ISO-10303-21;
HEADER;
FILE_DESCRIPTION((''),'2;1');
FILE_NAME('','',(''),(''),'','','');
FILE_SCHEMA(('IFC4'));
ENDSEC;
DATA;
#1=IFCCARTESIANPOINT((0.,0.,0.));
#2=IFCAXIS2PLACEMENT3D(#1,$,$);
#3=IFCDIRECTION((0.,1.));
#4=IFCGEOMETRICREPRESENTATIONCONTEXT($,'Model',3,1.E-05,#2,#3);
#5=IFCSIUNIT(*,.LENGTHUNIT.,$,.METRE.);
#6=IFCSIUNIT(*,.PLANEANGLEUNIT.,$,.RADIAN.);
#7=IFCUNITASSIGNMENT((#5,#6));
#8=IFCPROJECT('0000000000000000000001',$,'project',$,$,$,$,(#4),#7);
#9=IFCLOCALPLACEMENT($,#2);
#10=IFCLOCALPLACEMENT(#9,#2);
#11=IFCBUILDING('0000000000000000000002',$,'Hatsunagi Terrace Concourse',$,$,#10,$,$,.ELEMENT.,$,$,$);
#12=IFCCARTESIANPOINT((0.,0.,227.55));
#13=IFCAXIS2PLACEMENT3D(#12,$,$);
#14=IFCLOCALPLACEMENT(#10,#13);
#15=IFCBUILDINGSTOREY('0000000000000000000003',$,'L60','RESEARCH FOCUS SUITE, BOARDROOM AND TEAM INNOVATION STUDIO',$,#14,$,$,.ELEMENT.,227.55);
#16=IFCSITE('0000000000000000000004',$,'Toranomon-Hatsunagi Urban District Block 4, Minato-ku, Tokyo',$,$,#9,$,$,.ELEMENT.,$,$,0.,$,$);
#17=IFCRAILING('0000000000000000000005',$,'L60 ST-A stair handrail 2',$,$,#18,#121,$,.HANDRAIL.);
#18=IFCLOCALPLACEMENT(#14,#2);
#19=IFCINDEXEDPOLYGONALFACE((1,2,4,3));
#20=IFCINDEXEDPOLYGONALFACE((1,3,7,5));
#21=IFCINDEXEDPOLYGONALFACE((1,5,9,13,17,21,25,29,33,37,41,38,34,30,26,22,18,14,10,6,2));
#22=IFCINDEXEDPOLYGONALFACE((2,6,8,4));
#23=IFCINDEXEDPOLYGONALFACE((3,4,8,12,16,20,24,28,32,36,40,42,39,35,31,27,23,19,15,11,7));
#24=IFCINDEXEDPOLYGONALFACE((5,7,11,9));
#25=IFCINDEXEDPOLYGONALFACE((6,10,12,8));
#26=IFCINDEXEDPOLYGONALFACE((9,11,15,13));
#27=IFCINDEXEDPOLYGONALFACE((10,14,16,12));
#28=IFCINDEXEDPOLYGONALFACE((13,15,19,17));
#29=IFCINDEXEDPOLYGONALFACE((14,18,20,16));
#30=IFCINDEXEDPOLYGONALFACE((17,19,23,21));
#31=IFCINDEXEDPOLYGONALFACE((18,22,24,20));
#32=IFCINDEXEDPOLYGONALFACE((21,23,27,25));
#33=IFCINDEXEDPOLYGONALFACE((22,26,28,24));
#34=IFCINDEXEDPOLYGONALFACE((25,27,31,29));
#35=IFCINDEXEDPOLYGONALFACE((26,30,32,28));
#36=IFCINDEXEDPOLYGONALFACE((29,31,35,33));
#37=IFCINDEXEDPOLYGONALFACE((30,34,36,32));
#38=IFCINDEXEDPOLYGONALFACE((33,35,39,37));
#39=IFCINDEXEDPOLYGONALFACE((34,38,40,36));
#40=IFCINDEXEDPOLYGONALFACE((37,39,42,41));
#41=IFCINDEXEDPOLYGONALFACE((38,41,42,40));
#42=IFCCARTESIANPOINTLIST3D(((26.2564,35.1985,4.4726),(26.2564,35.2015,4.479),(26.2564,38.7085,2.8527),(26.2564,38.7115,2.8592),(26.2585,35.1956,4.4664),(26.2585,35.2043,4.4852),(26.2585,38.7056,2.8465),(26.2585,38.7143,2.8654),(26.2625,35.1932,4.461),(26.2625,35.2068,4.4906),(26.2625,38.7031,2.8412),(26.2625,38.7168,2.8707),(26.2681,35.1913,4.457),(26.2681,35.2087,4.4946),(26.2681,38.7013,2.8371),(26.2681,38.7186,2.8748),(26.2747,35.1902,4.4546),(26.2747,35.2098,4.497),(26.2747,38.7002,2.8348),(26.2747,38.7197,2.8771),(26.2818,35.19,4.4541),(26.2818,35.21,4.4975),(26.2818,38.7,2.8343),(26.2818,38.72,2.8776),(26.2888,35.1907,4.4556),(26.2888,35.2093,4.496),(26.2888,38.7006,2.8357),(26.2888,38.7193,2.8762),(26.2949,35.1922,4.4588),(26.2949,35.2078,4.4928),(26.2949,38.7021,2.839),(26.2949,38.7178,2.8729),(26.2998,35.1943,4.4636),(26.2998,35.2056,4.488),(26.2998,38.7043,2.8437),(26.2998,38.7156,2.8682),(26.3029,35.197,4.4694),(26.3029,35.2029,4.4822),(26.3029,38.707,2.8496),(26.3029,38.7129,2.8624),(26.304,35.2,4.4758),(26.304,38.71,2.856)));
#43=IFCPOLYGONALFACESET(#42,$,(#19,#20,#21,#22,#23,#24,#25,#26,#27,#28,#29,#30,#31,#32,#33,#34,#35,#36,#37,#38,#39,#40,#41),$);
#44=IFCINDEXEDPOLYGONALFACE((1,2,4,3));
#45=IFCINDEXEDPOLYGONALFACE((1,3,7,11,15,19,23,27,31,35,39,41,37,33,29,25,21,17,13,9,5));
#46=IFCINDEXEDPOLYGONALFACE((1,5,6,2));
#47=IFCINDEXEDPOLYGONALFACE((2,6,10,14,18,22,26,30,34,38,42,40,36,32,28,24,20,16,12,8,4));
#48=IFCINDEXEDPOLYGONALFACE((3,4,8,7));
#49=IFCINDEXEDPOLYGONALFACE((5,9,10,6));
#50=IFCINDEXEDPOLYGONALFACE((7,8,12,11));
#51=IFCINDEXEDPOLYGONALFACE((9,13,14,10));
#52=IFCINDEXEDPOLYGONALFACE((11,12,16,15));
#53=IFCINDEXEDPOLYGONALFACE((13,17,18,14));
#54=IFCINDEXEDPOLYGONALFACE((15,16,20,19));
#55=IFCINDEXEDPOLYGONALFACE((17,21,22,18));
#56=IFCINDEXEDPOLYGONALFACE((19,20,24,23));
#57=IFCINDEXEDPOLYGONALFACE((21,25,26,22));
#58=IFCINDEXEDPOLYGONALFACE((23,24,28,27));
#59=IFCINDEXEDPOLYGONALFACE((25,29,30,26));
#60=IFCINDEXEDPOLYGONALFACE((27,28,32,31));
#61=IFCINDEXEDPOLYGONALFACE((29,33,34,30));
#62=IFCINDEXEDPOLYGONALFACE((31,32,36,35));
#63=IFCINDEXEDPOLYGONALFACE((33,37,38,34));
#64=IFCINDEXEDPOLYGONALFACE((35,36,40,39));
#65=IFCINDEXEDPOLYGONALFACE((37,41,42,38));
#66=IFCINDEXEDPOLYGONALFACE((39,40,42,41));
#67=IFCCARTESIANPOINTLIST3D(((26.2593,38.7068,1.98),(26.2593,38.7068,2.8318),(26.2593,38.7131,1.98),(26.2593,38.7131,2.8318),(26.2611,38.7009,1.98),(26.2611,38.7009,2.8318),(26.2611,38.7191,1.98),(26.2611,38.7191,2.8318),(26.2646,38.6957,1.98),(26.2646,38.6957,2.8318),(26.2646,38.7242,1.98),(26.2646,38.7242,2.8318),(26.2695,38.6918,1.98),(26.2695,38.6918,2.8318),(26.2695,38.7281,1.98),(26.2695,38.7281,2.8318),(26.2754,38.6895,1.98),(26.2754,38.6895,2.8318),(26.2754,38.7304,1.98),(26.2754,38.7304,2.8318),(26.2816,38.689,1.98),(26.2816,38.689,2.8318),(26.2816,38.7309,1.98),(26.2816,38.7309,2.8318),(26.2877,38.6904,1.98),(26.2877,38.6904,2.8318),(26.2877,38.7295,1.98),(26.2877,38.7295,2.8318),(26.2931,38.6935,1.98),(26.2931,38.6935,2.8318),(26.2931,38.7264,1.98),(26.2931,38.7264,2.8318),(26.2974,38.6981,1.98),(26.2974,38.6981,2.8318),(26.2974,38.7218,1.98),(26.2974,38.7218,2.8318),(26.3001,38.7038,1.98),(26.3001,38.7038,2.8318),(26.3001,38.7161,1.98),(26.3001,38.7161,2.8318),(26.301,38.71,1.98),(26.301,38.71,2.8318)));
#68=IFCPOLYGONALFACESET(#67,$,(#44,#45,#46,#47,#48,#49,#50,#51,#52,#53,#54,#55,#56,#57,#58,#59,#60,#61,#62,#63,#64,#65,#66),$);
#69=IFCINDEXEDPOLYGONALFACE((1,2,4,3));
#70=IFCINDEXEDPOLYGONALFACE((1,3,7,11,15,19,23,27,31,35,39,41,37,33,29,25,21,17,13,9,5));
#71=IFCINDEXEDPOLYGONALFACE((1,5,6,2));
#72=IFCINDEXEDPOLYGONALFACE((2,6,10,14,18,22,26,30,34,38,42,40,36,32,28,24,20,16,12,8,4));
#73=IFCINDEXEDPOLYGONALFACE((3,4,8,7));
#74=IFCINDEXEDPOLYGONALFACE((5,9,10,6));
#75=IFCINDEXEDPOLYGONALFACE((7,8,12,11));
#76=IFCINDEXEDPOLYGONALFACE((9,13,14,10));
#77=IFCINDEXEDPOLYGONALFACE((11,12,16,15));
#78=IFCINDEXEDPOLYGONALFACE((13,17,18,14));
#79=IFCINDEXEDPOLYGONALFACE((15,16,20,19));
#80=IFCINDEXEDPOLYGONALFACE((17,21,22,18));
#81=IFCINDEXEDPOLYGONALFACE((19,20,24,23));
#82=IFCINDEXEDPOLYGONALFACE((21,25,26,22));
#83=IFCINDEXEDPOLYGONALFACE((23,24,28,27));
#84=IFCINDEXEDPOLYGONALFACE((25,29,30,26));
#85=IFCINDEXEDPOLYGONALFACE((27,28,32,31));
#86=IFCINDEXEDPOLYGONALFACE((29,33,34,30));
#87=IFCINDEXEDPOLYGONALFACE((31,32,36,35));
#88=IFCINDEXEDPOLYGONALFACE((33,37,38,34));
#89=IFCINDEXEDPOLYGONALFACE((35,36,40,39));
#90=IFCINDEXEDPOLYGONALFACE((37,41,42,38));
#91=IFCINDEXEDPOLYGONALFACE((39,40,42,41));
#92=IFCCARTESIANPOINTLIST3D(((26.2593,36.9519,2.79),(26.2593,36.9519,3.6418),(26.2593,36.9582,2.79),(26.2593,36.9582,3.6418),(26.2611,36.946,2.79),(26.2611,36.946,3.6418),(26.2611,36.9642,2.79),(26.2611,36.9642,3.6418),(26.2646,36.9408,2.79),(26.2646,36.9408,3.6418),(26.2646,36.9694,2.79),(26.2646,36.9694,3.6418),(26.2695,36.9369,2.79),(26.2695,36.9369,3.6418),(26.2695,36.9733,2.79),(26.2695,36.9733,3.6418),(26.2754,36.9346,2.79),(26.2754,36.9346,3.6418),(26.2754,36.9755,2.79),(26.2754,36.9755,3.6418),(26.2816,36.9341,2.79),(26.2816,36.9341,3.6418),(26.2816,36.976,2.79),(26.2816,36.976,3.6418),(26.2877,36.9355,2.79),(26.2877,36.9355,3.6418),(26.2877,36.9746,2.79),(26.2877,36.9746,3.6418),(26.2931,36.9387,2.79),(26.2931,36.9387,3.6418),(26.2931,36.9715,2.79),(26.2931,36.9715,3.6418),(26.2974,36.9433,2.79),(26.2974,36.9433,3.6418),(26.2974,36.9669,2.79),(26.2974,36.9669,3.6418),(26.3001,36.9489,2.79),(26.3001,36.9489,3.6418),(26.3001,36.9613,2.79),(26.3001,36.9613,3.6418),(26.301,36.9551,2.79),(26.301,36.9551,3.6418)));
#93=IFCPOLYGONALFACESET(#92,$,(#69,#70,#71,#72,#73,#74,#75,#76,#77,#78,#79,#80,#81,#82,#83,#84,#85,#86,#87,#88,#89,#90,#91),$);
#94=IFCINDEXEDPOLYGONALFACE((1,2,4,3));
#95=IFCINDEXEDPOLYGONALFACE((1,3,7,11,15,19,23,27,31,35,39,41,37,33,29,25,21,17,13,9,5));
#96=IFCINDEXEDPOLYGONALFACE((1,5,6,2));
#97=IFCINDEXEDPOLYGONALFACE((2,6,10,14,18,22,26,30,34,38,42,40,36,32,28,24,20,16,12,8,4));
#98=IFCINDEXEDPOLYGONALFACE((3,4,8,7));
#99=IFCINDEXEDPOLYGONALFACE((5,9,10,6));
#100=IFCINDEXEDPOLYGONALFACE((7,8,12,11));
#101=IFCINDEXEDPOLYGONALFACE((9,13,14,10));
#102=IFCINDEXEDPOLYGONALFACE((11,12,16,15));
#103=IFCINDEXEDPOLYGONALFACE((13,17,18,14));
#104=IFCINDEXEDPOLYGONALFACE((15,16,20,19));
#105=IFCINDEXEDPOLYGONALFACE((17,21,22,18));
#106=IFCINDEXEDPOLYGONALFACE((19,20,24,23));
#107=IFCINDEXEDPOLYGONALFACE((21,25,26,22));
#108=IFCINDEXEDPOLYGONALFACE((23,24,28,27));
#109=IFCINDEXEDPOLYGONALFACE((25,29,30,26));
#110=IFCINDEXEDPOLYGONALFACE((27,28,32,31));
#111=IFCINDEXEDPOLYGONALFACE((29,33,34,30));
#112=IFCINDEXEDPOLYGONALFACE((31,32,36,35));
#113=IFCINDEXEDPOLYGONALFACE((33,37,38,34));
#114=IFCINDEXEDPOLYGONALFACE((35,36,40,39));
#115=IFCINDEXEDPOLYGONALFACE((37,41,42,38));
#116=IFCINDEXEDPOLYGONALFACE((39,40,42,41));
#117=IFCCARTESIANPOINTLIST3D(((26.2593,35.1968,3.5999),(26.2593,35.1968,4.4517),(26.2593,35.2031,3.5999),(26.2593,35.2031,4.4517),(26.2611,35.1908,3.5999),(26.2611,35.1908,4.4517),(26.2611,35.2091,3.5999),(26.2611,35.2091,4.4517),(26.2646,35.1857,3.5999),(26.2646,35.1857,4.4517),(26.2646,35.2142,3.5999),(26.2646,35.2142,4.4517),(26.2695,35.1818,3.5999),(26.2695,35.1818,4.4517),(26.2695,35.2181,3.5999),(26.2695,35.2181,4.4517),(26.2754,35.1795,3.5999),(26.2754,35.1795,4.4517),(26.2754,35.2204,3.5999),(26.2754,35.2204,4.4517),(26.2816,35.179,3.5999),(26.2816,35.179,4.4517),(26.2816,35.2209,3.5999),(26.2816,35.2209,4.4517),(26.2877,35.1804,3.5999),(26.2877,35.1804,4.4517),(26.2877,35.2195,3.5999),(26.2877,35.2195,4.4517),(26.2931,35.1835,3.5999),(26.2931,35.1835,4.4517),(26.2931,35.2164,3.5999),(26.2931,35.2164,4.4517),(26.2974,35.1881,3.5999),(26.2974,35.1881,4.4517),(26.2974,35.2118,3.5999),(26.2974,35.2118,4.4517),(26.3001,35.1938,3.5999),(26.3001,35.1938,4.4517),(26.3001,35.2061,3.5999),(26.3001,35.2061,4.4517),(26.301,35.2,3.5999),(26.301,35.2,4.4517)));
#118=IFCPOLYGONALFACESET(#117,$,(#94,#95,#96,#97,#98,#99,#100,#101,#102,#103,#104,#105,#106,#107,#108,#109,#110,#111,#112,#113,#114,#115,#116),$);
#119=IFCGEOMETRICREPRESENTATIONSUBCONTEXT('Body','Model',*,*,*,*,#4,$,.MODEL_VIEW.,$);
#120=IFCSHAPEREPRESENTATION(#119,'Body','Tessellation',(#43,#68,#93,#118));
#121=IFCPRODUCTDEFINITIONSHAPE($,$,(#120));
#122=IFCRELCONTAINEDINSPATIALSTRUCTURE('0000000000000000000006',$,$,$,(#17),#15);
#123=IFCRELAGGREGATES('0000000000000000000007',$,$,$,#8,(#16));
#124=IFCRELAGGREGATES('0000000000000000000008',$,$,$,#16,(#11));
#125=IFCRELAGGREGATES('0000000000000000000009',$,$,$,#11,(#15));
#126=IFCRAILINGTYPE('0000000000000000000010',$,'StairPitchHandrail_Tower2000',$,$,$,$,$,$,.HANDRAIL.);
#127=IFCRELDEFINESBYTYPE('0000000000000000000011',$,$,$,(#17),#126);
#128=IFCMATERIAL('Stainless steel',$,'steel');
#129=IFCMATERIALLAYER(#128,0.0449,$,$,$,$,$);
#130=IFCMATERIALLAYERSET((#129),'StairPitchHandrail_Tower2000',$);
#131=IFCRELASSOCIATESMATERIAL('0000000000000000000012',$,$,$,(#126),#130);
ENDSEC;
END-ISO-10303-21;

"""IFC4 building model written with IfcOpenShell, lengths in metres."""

from ifc_helpers import new_model, si_unit, direction, frame, origin, origin_2d, place, context, subcontext, project, spatial, circle, extrude, material, layer, layer_set, type_object, element, save


model = new_model("IFC4")

# Units and contexts
model_context = context("Model", 3, precision=1e-05, world=origin(), true_north=direction((0.0, 1.0)))
body_context = subcontext(model_context, "Body", "Model", "MODEL_VIEW")
ifc_project = project(units=[si_unit("LENGTHUNIT", "METRE"), si_unit("PLANEANGLEUNIT", "RADIAN")], contexts=[model_context])

# Site, building, storey
site_placement = place(None, origin())
site = spatial("IfcSite", under=ifc_project, at=site_placement, Name="Toranomon-Hatsunagi Urban District Block 4, Minato-ku, Tokyo", CompositionType="ELEMENT", RefElevation=0.0)
building_placement = place(site_placement, origin())
building = spatial("IfcBuilding", under=site, at=building_placement, Name="Hatsunagi Terrace Concourse", CompositionType="ELEMENT")
storey_placement = place(building_placement, frame((0.0, 0.0, 227.55)))
storey = spatial("IfcBuildingStorey", under=building, at=storey_placement, Name="L60", Description="RESEARCH FOCUS SUITE, BOARDROOM AND TEAM INNOVATION STUDIO", CompositionType="ELEMENT", Elevation=227.55)

# Railing
ifc_material_1 = material(Name="Stainless steel", Category="steel")
ifc_layer_1 = layer(ifc_material_1, 0.0449)
ifc_layer_set_1 = layer_set([ifc_layer_1], Name="StairPitchHandrail_Tower2000")
railing_type_1 = type_object("IfcRailingType", Name="StairPitchHandrail_Tower2000", PredefinedType="HANDRAIL", material=ifc_layer_set_1)
railing_1_placement = place(storey_placement, frame((26.28, 38.71, 1.98)))
element("IfcRailing", 1, at=railing_1_placement, inside=storey, type_object=railing_type_1, Name="L60 ST-A stair handrail 2", PredefinedType="HANDRAIL", context=body_context, shape_type="SweptSolid", body=[
    extrude(circle(Radius=0.0239, at=origin_2d()), frame((0.0, 0.0, 0.876), z_axis=(0.0, -0.907972, 0.41903), x_axis=(1.0, 0.0, 0.0)), (0.0, 0.0, 1.0), 3.8657),
    extrude(circle(Radius=0.021, at=origin_2d()), origin(), (0.0, 0.0, 1.0), 0.8518),
    extrude(circle(Radius=0.021, at=origin_2d()), frame((0.0, -1.7549, 0.8101)), (0.0, 0.0, 1.0), 0.8518),
    extrude(circle(Radius=0.021, at=origin_2d()), frame((0.0, -3.51, 1.6199)), (0.0, 0.0, 1.0), 0.8518),
])

save(model, "model.ifc")
